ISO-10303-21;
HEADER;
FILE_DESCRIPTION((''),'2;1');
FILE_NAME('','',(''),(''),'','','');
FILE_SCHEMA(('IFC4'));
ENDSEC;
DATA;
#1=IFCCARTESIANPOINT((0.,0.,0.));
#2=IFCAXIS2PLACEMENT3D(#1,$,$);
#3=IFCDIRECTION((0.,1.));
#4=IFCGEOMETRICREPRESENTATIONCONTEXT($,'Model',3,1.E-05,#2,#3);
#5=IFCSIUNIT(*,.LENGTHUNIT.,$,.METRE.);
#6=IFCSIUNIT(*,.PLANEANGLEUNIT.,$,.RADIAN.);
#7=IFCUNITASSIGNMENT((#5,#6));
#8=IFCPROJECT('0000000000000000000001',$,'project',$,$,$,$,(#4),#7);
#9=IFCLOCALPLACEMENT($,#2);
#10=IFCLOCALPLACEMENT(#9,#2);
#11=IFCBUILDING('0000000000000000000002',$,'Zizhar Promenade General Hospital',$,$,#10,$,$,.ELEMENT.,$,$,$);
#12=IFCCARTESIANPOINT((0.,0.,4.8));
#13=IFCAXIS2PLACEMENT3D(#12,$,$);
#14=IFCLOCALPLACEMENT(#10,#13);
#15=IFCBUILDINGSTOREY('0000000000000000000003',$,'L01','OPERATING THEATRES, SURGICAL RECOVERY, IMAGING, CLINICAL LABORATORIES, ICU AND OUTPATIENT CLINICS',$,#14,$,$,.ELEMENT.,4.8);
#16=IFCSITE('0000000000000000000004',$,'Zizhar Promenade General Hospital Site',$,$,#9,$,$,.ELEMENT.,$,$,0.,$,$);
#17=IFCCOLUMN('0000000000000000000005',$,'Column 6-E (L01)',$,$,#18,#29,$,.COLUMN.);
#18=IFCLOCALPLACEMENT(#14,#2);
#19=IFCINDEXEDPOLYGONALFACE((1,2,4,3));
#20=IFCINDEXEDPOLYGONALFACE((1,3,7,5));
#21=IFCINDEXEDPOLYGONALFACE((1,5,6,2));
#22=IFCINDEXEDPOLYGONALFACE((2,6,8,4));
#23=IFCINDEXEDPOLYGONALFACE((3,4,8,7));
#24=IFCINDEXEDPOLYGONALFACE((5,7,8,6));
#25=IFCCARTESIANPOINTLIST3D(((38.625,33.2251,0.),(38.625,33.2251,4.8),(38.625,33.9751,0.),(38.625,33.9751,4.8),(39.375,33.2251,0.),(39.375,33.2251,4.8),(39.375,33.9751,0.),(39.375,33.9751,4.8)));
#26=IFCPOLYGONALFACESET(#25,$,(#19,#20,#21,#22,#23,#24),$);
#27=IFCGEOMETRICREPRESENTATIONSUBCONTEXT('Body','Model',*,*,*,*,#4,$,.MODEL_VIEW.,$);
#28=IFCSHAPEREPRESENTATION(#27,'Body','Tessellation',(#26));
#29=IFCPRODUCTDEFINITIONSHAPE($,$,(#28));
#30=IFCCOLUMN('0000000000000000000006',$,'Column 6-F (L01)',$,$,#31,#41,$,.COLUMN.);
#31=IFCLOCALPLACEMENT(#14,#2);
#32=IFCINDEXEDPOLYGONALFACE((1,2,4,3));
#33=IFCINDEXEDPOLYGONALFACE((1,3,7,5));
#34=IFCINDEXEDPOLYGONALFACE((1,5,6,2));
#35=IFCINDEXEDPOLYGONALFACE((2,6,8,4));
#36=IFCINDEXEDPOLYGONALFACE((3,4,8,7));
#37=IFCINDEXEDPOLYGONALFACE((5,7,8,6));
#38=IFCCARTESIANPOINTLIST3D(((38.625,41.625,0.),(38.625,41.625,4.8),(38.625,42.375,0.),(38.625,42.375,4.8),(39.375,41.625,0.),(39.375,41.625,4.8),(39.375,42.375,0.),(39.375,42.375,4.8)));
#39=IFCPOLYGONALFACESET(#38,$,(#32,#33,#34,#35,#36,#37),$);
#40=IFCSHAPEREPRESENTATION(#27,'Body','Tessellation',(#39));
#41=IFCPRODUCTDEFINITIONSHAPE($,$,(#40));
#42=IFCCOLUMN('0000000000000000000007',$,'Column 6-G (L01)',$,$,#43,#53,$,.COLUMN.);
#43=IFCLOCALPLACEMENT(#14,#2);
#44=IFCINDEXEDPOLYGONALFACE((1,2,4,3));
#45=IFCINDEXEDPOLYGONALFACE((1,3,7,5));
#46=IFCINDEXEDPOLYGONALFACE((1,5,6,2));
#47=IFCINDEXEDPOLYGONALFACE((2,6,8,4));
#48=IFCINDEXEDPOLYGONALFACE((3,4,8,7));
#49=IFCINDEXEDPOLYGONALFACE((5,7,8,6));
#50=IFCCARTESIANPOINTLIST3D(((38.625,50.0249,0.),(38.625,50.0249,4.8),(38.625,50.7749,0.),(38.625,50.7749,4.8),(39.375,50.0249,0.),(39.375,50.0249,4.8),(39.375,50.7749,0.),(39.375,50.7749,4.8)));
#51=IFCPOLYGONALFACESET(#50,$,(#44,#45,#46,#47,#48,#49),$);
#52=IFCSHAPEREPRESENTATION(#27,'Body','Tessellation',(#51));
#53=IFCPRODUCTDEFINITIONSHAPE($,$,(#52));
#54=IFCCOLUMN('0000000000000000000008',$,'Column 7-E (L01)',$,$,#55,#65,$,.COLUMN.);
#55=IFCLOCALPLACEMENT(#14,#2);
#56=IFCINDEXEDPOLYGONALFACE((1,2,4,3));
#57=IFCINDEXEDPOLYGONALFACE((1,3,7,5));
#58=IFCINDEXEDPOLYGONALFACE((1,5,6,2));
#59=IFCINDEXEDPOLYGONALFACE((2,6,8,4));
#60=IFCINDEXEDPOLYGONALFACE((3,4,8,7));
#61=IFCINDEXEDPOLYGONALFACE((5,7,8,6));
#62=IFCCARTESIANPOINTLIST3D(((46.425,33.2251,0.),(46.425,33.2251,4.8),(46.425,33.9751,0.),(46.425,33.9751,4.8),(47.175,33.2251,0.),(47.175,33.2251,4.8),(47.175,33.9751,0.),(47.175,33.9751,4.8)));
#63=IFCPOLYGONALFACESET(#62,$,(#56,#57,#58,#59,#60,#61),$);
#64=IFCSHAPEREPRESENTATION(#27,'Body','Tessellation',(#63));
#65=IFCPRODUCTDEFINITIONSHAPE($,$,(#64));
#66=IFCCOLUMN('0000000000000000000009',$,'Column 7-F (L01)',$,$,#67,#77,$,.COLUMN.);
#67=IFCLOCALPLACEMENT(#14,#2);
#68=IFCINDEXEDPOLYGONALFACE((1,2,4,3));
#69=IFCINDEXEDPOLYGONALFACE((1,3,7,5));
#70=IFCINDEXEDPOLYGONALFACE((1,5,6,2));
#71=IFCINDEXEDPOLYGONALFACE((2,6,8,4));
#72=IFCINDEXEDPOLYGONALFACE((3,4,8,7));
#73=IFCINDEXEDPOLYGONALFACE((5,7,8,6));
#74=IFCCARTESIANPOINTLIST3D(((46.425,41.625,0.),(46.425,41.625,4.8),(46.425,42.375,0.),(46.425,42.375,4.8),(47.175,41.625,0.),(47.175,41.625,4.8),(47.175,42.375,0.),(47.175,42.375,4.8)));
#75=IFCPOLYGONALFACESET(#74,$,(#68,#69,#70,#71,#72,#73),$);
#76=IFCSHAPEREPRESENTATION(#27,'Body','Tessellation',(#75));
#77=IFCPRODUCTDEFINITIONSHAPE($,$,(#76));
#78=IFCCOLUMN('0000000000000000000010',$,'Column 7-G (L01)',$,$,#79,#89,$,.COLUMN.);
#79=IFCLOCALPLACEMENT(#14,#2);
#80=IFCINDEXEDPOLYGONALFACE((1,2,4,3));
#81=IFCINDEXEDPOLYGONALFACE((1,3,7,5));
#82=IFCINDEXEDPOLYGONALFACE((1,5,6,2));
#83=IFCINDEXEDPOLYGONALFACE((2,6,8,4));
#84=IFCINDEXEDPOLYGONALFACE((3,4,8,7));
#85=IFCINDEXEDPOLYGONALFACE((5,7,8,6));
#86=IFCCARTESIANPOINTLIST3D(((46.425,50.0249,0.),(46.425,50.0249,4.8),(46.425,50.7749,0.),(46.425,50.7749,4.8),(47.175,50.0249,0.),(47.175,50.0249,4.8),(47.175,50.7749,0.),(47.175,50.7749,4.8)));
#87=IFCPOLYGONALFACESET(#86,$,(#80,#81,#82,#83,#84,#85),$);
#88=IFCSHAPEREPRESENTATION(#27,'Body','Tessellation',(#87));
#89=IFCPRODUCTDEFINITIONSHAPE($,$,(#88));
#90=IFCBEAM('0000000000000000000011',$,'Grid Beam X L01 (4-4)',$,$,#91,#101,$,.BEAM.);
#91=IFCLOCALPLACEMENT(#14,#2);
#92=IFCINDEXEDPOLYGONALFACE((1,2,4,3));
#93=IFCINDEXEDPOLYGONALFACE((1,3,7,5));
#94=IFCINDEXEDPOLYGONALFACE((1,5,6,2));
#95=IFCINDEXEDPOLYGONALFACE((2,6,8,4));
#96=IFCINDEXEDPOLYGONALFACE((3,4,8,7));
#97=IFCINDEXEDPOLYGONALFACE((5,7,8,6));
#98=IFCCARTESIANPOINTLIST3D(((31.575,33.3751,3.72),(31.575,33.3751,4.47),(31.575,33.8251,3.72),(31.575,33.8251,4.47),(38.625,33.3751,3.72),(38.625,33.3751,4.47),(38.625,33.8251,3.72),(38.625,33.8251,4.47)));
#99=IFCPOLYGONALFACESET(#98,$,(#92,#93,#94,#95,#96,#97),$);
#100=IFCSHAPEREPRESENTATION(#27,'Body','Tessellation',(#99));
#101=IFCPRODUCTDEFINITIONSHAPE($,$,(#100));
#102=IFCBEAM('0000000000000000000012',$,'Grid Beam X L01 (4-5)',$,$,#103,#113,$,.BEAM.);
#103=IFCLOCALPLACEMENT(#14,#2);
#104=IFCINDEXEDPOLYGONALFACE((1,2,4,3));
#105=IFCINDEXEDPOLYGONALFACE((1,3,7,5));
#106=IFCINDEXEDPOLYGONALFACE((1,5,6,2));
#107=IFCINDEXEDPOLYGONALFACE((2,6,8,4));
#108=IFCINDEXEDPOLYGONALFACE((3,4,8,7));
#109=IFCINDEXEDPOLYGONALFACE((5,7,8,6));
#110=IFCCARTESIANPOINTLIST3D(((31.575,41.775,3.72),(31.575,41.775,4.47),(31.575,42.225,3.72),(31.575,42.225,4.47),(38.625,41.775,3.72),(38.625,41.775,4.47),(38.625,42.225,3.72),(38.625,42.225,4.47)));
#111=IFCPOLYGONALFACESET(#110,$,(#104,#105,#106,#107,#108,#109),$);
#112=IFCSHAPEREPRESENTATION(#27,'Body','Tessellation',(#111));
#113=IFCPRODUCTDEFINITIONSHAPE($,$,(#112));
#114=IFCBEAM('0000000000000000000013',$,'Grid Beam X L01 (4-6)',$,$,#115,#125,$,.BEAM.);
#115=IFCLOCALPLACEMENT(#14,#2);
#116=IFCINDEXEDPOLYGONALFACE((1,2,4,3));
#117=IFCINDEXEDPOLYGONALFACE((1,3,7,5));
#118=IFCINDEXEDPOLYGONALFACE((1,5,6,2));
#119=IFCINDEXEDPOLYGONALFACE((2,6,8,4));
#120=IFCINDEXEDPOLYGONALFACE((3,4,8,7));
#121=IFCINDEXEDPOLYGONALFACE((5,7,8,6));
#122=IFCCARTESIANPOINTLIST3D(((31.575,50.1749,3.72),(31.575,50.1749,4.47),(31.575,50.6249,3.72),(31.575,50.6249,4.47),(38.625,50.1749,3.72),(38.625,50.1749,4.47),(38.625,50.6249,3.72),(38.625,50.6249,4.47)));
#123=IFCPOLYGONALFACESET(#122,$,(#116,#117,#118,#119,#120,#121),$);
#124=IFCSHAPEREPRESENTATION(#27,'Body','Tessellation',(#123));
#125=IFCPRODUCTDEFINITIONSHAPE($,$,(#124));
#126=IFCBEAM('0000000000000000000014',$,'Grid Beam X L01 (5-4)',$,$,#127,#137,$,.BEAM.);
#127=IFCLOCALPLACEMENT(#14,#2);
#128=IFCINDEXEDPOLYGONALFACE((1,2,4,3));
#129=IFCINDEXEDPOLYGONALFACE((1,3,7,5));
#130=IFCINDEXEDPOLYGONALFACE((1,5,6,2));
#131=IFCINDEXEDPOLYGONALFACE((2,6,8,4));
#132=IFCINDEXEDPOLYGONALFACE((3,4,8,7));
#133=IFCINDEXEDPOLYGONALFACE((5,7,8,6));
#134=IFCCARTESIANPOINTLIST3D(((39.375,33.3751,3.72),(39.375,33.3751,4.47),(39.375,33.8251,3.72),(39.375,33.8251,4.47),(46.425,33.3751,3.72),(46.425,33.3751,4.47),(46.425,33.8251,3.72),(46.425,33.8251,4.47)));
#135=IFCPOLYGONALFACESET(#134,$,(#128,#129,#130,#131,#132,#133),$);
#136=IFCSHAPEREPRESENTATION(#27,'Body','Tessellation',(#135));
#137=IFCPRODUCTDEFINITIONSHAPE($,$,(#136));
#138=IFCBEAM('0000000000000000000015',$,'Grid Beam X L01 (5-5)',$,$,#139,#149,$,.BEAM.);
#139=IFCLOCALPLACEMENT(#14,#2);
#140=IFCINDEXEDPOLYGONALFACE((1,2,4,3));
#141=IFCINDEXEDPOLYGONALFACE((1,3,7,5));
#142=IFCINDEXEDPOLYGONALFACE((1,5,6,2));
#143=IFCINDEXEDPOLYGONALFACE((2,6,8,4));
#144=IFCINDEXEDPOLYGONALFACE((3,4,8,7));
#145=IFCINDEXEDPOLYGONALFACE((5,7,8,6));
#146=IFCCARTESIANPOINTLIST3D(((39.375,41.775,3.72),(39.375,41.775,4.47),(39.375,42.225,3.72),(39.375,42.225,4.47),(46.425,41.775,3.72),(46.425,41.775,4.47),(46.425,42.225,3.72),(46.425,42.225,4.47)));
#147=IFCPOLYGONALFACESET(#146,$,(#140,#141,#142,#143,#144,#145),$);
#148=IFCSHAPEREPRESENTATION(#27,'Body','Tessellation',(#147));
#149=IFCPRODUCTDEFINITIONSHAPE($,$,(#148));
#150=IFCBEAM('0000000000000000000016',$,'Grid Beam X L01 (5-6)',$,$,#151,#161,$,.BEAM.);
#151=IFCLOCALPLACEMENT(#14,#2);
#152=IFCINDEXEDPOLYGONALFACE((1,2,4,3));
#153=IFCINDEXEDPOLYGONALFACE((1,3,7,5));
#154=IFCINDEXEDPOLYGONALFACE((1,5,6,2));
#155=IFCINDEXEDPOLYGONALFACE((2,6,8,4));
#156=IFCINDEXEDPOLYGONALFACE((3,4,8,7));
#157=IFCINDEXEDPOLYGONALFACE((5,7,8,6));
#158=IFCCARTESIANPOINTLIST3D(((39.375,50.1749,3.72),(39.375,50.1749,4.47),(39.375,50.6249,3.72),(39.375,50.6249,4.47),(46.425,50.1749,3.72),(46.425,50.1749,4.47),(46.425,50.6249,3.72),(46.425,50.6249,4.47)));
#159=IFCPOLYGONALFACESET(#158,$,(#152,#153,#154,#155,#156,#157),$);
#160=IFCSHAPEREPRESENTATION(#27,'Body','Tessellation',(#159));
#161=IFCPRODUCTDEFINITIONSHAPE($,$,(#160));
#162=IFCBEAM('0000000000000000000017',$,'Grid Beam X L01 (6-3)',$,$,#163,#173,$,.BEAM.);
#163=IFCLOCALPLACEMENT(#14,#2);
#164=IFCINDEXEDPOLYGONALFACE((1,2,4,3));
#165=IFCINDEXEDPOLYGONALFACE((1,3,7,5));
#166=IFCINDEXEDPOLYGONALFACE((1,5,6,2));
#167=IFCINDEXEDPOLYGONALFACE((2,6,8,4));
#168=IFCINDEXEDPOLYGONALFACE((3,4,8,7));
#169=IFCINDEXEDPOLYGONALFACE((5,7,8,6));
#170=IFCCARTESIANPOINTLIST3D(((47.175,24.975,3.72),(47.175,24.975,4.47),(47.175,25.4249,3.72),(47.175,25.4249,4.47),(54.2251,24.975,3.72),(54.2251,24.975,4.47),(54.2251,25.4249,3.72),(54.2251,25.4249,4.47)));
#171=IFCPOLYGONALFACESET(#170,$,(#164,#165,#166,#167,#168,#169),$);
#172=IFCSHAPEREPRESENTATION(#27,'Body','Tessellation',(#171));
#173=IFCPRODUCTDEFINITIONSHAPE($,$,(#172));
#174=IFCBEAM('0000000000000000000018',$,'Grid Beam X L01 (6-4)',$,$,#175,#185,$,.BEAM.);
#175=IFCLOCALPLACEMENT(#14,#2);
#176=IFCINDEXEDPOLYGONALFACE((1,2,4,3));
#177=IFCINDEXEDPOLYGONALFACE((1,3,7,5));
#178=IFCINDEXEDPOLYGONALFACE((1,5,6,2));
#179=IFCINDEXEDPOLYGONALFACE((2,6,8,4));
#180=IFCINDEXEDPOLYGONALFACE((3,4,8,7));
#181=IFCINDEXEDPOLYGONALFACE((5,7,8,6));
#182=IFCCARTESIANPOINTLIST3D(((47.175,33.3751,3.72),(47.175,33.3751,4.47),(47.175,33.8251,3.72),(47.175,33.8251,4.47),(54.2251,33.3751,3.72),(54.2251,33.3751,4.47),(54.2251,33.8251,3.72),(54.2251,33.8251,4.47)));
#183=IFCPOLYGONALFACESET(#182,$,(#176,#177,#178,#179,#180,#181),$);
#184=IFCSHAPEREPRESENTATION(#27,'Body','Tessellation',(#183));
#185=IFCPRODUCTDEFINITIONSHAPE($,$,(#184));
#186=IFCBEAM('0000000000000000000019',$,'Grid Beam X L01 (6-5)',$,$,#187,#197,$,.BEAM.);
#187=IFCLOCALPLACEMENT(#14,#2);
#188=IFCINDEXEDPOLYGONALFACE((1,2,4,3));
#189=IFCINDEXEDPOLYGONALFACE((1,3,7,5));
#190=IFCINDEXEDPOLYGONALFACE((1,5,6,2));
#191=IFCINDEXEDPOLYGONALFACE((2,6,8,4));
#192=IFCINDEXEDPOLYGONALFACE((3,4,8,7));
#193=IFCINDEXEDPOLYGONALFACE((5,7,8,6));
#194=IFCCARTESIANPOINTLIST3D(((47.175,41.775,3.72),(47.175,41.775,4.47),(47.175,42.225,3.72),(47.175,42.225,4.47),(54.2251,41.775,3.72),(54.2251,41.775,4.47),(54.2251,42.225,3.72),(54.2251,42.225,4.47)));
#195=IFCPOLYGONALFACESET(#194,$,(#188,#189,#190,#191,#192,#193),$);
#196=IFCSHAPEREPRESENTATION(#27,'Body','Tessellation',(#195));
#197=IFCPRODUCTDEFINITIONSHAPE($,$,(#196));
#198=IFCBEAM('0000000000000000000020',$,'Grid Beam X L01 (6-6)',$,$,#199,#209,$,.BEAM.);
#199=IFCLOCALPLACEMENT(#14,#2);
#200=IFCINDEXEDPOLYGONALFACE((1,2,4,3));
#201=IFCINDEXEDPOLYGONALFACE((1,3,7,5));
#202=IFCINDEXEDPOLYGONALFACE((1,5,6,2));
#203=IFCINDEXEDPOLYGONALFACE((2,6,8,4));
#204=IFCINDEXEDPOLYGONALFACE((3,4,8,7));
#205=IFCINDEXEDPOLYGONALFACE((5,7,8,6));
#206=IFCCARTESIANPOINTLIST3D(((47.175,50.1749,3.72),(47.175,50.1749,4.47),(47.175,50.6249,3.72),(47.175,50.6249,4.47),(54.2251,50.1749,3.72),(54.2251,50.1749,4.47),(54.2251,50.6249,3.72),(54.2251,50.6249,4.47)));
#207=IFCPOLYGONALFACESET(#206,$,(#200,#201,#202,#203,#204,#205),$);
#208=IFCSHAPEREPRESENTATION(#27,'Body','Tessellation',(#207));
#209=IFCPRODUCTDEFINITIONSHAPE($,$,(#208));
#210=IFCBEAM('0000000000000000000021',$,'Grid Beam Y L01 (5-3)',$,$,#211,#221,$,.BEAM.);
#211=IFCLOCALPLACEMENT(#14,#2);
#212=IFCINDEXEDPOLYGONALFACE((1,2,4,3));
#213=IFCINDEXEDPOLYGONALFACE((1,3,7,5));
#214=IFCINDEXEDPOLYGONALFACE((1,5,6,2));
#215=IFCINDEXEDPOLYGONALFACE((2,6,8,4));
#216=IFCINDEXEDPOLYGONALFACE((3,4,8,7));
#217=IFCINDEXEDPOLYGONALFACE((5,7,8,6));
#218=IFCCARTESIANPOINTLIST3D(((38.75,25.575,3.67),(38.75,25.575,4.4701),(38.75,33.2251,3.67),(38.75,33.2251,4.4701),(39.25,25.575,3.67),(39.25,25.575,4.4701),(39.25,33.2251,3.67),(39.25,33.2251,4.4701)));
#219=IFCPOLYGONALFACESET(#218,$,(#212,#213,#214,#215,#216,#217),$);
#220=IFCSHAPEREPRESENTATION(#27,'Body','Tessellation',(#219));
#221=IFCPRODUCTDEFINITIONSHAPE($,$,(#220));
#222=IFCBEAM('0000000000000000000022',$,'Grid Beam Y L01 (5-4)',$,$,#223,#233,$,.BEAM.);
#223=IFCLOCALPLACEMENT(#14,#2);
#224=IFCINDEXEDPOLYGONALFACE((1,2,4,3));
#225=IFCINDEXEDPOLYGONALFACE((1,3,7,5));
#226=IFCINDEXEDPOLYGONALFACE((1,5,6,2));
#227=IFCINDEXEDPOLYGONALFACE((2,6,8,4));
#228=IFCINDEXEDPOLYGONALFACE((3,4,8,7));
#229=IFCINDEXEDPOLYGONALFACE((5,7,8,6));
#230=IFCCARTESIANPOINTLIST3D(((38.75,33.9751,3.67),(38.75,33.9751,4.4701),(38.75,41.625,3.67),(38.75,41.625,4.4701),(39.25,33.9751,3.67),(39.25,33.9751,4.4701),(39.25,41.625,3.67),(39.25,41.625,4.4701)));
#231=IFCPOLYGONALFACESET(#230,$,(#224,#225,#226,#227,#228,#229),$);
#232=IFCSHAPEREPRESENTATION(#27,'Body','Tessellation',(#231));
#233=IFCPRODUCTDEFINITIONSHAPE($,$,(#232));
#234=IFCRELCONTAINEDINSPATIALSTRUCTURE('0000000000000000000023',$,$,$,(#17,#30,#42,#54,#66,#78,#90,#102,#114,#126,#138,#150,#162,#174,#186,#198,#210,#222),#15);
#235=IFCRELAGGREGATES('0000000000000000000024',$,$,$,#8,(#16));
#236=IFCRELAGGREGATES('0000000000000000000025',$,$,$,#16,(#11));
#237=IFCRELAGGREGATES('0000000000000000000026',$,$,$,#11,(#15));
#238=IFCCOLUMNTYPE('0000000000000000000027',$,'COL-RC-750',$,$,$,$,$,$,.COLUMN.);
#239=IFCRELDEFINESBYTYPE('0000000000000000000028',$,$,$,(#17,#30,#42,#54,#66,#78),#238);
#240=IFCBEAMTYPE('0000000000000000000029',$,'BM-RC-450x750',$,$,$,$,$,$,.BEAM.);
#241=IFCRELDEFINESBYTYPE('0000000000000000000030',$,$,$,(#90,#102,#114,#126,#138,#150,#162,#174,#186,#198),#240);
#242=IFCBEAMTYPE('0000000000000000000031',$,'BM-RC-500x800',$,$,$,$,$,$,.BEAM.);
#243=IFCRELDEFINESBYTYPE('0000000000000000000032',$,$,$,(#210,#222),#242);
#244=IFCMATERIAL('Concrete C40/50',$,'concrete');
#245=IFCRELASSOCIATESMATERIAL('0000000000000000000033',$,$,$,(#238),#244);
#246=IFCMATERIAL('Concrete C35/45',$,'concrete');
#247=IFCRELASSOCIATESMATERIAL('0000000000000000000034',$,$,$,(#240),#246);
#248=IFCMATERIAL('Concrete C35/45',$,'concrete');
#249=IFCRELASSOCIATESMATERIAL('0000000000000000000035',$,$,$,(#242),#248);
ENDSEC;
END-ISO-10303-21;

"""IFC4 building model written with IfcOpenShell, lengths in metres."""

from ifc_helpers import new_model, si_unit, direction, frame, origin, origin_2d, place, context, subcontext, project, spatial, rectangle, extrude, material, material_profile, profile_set, type_object, element, save


model = new_model("IFC4")

# Units and contexts
model_context = context("Model", 3, precision=1e-05, world=origin(), true_north=direction((0.0, 1.0)))
body_context = subcontext(model_context, "Body", "Model", "MODEL_VIEW")
ifc_project = project(units=[si_unit("LENGTHUNIT", "METRE"), si_unit("PLANEANGLEUNIT", "RADIAN")], contexts=[model_context])

# Site, building, storey
site_placement = place(None, origin())
site = spatial("IfcSite", under=ifc_project, at=site_placement, Name="Zizhar Promenade General Hospital Site", CompositionType="ELEMENT", RefElevation=0.0)
building_placement = place(site_placement, origin())
building = spatial("IfcBuilding", under=site, at=building_placement, Name="Zizhar Promenade General Hospital", CompositionType="ELEMENT")
storey_placement = place(building_placement, frame((0.0, 0.0, 4.8)))
storey = spatial("IfcBuildingStorey", under=building, at=storey_placement, Name="L01", Description="OPERATING THEATRES, SURGICAL RECOVERY, IMAGING, CLINICAL LABORATORIES, ICU AND OUTPATIENT CLINICS", CompositionType="ELEMENT", Elevation=4.8)

# Columns
ifc_material_1 = material(Name="Concrete C40/50", Category="concrete")
ifc_material_profile_1 = material_profile(ifc_material_1, rectangle(XDim=0.75, YDim=0.75, at=origin_2d()))
ifc_profile_set_1 = profile_set([ifc_material_profile_1], Name="Concrete C40/50")
column_type = type_object("IfcColumnType", Name="COL-RC-750", PredefinedType="COLUMN", material=ifc_profile_set_1)
for number, where, z_axis, x_axis, name in (
    (1, (39.0, 33.6001, 0.0), (0.0, 0.0, 1.0), (1.0, 0.0, 0.0), "Column 6-E (L01)"),
    (2, (39.0, 42.0, 0.0), (0.0, 0.0, 1.0), (1.0, 0.0, 0.0), "Column 6-F (L01)"),
    (3, (39.0, 50.3999, 0.0), (0.0, 0.0, 1.0), (1.0, 0.0, 0.0), "Column 6-G (L01)"),
    (4, (46.8, 33.6001, 0.0), (0.0, 0.0, 1.0), (1.0, 0.0, 0.0), "Column 7-E (L01)"),
    (5, (46.8, 42.0, 0.0), (0.0, 0.0, 1.0), (1.0, 0.0, 0.0), "Column 7-F (L01)"),
    (6, (46.8, 50.3999, 0.0), (0.0, 0.0, 1.0), (1.0, 0.0, 0.0), "Column 7-G (L01)"),
):
    element("IfcColumn", number, at=place(storey_placement, frame(where, z_axis=z_axis, x_axis=x_axis)), inside=storey, type_object=column_type, Name=name, PredefinedType="COLUMN", context=body_context, shape_type="SweptSolid", body=[
        extrude(rectangle(XDim=0.75, YDim=0.75, at=origin_2d()), origin(), (0.0, 0.0, 1.0), 4.8),
    ])

# Beams
ifc_material_2 = material(Name="Concrete C35/45", Category="concrete")
ifc_material_profile_2 = material_profile(ifc_material_2, rectangle(XDim=0.45, YDim=0.75, at=origin_2d()))
ifc_profile_set_2 = profile_set([ifc_material_profile_2], Name="Concrete C35/45")
beam_type_1 = type_object("IfcBeamType", Name="BM-RC-450x750", PredefinedType="BEAM", material=ifc_profile_set_2)
for number, where, z_axis, x_axis, name in (
    (7, (31.575, 33.6001, 4.095), (1.0, 0.0, 0.0), (0.0, 1.0, 0.0), "Grid Beam X L01 (4-4)"),
    (8, (31.575, 42.0, 4.095), (1.0, 0.0, 0.0), (0.0, 1.0, 0.0), "Grid Beam X L01 (4-5)"),
    (9, (31.575, 50.3999, 4.095), (1.0, 0.0, 0.0), (0.0, 1.0, 0.0), "Grid Beam X L01 (4-6)"),
    (10, (39.375, 33.6001, 4.095), (1.0, 0.0, 0.0), (0.0, 1.0, 0.0), "Grid Beam X L01 (5-4)"),
    (11, (39.375, 42.0, 4.095), (1.0, 0.0, 0.0), (0.0, 1.0, 0.0), "Grid Beam X L01 (5-5)"),
    (12, (39.375, 50.3999, 4.095), (1.0, 0.0, 0.0), (0.0, 1.0, 0.0), "Grid Beam X L01 (5-6)"),
    (13, (47.175, 25.2, 4.095), (1.0, 0.0, 0.0), (0.0, 1.0, 0.0), "Grid Beam X L01 (6-3)"),
    (14, (47.175, 33.6001, 4.095), (1.0, 0.0, 0.0), (0.0, 1.0, 0.0), "Grid Beam X L01 (6-4)"),
    (15, (47.175, 42.0, 4.095), (1.0, 0.0, 0.0), (0.0, 1.0, 0.0), "Grid Beam X L01 (6-5)"),
    (16, (47.175, 50.3999, 4.095), (1.0, 0.0, 0.0), (0.0, 1.0, 0.0), "Grid Beam X L01 (6-6)"),
):
    element("IfcBeam", number, at=place(storey_placement, frame(where, z_axis=z_axis, x_axis=x_axis)), inside=storey, type_object=beam_type_1, Name=name, PredefinedType="BEAM", context=body_context, shape_type="SweptSolid", body=[
        extrude(rectangle(XDim=0.45, YDim=0.75, at=origin_2d()), origin(), (0.0, 0.0, 1.0), 7.05),
    ])
ifc_material_3 = material(Name="Concrete C35/45", Category="concrete")
ifc_material_profile_3 = material_profile(ifc_material_3, rectangle(XDim=0.5, YDim=0.8, at=origin_2d()))
ifc_profile_set_3 = profile_set([ifc_material_profile_3], Name="Concrete C35/45")
beam_type_2 = type_object("IfcBeamType", Name="BM-RC-500x800", PredefinedType="BEAM", material=ifc_profile_set_3)
beam_1_placement = place(storey_placement, frame((39.0, 25.575, 4.0701), z_axis=(0.0, 1.0, 0.0), x_axis=(-1.0, 0.0, 0.0)))
element("IfcBeam", 17, at=beam_1_placement, inside=storey, type_object=beam_type_2, Name="Grid Beam Y L01 (5-3)", PredefinedType="BEAM", context=body_context, shape_type="SweptSolid", body=[
    extrude(rectangle(XDim=0.5, YDim=0.8, at=origin_2d()), origin(), (0.0, 0.0, 1.0), 7.6501),
])
for number, where, z_axis, x_axis, name in (
    (18, (39.0, 33.9751, 4.0701), (0.0, 1.0, 0.0), (-1.0, 0.0, 0.0), "Grid Beam Y L01 (5-4)"),
):
    element("IfcBeam", number, at=place(storey_placement, frame(where, z_axis=z_axis, x_axis=x_axis)), inside=storey, type_object=beam_type_2, Name=name, PredefinedType="BEAM", context=body_context, shape_type="SweptSolid", body=[
        extrude(rectangle(XDim=0.5, YDim=0.8, at=origin_2d()), origin(), (0.0, 0.0, 1.0), 7.6499),
    ])

save(model, "model.ifc")
